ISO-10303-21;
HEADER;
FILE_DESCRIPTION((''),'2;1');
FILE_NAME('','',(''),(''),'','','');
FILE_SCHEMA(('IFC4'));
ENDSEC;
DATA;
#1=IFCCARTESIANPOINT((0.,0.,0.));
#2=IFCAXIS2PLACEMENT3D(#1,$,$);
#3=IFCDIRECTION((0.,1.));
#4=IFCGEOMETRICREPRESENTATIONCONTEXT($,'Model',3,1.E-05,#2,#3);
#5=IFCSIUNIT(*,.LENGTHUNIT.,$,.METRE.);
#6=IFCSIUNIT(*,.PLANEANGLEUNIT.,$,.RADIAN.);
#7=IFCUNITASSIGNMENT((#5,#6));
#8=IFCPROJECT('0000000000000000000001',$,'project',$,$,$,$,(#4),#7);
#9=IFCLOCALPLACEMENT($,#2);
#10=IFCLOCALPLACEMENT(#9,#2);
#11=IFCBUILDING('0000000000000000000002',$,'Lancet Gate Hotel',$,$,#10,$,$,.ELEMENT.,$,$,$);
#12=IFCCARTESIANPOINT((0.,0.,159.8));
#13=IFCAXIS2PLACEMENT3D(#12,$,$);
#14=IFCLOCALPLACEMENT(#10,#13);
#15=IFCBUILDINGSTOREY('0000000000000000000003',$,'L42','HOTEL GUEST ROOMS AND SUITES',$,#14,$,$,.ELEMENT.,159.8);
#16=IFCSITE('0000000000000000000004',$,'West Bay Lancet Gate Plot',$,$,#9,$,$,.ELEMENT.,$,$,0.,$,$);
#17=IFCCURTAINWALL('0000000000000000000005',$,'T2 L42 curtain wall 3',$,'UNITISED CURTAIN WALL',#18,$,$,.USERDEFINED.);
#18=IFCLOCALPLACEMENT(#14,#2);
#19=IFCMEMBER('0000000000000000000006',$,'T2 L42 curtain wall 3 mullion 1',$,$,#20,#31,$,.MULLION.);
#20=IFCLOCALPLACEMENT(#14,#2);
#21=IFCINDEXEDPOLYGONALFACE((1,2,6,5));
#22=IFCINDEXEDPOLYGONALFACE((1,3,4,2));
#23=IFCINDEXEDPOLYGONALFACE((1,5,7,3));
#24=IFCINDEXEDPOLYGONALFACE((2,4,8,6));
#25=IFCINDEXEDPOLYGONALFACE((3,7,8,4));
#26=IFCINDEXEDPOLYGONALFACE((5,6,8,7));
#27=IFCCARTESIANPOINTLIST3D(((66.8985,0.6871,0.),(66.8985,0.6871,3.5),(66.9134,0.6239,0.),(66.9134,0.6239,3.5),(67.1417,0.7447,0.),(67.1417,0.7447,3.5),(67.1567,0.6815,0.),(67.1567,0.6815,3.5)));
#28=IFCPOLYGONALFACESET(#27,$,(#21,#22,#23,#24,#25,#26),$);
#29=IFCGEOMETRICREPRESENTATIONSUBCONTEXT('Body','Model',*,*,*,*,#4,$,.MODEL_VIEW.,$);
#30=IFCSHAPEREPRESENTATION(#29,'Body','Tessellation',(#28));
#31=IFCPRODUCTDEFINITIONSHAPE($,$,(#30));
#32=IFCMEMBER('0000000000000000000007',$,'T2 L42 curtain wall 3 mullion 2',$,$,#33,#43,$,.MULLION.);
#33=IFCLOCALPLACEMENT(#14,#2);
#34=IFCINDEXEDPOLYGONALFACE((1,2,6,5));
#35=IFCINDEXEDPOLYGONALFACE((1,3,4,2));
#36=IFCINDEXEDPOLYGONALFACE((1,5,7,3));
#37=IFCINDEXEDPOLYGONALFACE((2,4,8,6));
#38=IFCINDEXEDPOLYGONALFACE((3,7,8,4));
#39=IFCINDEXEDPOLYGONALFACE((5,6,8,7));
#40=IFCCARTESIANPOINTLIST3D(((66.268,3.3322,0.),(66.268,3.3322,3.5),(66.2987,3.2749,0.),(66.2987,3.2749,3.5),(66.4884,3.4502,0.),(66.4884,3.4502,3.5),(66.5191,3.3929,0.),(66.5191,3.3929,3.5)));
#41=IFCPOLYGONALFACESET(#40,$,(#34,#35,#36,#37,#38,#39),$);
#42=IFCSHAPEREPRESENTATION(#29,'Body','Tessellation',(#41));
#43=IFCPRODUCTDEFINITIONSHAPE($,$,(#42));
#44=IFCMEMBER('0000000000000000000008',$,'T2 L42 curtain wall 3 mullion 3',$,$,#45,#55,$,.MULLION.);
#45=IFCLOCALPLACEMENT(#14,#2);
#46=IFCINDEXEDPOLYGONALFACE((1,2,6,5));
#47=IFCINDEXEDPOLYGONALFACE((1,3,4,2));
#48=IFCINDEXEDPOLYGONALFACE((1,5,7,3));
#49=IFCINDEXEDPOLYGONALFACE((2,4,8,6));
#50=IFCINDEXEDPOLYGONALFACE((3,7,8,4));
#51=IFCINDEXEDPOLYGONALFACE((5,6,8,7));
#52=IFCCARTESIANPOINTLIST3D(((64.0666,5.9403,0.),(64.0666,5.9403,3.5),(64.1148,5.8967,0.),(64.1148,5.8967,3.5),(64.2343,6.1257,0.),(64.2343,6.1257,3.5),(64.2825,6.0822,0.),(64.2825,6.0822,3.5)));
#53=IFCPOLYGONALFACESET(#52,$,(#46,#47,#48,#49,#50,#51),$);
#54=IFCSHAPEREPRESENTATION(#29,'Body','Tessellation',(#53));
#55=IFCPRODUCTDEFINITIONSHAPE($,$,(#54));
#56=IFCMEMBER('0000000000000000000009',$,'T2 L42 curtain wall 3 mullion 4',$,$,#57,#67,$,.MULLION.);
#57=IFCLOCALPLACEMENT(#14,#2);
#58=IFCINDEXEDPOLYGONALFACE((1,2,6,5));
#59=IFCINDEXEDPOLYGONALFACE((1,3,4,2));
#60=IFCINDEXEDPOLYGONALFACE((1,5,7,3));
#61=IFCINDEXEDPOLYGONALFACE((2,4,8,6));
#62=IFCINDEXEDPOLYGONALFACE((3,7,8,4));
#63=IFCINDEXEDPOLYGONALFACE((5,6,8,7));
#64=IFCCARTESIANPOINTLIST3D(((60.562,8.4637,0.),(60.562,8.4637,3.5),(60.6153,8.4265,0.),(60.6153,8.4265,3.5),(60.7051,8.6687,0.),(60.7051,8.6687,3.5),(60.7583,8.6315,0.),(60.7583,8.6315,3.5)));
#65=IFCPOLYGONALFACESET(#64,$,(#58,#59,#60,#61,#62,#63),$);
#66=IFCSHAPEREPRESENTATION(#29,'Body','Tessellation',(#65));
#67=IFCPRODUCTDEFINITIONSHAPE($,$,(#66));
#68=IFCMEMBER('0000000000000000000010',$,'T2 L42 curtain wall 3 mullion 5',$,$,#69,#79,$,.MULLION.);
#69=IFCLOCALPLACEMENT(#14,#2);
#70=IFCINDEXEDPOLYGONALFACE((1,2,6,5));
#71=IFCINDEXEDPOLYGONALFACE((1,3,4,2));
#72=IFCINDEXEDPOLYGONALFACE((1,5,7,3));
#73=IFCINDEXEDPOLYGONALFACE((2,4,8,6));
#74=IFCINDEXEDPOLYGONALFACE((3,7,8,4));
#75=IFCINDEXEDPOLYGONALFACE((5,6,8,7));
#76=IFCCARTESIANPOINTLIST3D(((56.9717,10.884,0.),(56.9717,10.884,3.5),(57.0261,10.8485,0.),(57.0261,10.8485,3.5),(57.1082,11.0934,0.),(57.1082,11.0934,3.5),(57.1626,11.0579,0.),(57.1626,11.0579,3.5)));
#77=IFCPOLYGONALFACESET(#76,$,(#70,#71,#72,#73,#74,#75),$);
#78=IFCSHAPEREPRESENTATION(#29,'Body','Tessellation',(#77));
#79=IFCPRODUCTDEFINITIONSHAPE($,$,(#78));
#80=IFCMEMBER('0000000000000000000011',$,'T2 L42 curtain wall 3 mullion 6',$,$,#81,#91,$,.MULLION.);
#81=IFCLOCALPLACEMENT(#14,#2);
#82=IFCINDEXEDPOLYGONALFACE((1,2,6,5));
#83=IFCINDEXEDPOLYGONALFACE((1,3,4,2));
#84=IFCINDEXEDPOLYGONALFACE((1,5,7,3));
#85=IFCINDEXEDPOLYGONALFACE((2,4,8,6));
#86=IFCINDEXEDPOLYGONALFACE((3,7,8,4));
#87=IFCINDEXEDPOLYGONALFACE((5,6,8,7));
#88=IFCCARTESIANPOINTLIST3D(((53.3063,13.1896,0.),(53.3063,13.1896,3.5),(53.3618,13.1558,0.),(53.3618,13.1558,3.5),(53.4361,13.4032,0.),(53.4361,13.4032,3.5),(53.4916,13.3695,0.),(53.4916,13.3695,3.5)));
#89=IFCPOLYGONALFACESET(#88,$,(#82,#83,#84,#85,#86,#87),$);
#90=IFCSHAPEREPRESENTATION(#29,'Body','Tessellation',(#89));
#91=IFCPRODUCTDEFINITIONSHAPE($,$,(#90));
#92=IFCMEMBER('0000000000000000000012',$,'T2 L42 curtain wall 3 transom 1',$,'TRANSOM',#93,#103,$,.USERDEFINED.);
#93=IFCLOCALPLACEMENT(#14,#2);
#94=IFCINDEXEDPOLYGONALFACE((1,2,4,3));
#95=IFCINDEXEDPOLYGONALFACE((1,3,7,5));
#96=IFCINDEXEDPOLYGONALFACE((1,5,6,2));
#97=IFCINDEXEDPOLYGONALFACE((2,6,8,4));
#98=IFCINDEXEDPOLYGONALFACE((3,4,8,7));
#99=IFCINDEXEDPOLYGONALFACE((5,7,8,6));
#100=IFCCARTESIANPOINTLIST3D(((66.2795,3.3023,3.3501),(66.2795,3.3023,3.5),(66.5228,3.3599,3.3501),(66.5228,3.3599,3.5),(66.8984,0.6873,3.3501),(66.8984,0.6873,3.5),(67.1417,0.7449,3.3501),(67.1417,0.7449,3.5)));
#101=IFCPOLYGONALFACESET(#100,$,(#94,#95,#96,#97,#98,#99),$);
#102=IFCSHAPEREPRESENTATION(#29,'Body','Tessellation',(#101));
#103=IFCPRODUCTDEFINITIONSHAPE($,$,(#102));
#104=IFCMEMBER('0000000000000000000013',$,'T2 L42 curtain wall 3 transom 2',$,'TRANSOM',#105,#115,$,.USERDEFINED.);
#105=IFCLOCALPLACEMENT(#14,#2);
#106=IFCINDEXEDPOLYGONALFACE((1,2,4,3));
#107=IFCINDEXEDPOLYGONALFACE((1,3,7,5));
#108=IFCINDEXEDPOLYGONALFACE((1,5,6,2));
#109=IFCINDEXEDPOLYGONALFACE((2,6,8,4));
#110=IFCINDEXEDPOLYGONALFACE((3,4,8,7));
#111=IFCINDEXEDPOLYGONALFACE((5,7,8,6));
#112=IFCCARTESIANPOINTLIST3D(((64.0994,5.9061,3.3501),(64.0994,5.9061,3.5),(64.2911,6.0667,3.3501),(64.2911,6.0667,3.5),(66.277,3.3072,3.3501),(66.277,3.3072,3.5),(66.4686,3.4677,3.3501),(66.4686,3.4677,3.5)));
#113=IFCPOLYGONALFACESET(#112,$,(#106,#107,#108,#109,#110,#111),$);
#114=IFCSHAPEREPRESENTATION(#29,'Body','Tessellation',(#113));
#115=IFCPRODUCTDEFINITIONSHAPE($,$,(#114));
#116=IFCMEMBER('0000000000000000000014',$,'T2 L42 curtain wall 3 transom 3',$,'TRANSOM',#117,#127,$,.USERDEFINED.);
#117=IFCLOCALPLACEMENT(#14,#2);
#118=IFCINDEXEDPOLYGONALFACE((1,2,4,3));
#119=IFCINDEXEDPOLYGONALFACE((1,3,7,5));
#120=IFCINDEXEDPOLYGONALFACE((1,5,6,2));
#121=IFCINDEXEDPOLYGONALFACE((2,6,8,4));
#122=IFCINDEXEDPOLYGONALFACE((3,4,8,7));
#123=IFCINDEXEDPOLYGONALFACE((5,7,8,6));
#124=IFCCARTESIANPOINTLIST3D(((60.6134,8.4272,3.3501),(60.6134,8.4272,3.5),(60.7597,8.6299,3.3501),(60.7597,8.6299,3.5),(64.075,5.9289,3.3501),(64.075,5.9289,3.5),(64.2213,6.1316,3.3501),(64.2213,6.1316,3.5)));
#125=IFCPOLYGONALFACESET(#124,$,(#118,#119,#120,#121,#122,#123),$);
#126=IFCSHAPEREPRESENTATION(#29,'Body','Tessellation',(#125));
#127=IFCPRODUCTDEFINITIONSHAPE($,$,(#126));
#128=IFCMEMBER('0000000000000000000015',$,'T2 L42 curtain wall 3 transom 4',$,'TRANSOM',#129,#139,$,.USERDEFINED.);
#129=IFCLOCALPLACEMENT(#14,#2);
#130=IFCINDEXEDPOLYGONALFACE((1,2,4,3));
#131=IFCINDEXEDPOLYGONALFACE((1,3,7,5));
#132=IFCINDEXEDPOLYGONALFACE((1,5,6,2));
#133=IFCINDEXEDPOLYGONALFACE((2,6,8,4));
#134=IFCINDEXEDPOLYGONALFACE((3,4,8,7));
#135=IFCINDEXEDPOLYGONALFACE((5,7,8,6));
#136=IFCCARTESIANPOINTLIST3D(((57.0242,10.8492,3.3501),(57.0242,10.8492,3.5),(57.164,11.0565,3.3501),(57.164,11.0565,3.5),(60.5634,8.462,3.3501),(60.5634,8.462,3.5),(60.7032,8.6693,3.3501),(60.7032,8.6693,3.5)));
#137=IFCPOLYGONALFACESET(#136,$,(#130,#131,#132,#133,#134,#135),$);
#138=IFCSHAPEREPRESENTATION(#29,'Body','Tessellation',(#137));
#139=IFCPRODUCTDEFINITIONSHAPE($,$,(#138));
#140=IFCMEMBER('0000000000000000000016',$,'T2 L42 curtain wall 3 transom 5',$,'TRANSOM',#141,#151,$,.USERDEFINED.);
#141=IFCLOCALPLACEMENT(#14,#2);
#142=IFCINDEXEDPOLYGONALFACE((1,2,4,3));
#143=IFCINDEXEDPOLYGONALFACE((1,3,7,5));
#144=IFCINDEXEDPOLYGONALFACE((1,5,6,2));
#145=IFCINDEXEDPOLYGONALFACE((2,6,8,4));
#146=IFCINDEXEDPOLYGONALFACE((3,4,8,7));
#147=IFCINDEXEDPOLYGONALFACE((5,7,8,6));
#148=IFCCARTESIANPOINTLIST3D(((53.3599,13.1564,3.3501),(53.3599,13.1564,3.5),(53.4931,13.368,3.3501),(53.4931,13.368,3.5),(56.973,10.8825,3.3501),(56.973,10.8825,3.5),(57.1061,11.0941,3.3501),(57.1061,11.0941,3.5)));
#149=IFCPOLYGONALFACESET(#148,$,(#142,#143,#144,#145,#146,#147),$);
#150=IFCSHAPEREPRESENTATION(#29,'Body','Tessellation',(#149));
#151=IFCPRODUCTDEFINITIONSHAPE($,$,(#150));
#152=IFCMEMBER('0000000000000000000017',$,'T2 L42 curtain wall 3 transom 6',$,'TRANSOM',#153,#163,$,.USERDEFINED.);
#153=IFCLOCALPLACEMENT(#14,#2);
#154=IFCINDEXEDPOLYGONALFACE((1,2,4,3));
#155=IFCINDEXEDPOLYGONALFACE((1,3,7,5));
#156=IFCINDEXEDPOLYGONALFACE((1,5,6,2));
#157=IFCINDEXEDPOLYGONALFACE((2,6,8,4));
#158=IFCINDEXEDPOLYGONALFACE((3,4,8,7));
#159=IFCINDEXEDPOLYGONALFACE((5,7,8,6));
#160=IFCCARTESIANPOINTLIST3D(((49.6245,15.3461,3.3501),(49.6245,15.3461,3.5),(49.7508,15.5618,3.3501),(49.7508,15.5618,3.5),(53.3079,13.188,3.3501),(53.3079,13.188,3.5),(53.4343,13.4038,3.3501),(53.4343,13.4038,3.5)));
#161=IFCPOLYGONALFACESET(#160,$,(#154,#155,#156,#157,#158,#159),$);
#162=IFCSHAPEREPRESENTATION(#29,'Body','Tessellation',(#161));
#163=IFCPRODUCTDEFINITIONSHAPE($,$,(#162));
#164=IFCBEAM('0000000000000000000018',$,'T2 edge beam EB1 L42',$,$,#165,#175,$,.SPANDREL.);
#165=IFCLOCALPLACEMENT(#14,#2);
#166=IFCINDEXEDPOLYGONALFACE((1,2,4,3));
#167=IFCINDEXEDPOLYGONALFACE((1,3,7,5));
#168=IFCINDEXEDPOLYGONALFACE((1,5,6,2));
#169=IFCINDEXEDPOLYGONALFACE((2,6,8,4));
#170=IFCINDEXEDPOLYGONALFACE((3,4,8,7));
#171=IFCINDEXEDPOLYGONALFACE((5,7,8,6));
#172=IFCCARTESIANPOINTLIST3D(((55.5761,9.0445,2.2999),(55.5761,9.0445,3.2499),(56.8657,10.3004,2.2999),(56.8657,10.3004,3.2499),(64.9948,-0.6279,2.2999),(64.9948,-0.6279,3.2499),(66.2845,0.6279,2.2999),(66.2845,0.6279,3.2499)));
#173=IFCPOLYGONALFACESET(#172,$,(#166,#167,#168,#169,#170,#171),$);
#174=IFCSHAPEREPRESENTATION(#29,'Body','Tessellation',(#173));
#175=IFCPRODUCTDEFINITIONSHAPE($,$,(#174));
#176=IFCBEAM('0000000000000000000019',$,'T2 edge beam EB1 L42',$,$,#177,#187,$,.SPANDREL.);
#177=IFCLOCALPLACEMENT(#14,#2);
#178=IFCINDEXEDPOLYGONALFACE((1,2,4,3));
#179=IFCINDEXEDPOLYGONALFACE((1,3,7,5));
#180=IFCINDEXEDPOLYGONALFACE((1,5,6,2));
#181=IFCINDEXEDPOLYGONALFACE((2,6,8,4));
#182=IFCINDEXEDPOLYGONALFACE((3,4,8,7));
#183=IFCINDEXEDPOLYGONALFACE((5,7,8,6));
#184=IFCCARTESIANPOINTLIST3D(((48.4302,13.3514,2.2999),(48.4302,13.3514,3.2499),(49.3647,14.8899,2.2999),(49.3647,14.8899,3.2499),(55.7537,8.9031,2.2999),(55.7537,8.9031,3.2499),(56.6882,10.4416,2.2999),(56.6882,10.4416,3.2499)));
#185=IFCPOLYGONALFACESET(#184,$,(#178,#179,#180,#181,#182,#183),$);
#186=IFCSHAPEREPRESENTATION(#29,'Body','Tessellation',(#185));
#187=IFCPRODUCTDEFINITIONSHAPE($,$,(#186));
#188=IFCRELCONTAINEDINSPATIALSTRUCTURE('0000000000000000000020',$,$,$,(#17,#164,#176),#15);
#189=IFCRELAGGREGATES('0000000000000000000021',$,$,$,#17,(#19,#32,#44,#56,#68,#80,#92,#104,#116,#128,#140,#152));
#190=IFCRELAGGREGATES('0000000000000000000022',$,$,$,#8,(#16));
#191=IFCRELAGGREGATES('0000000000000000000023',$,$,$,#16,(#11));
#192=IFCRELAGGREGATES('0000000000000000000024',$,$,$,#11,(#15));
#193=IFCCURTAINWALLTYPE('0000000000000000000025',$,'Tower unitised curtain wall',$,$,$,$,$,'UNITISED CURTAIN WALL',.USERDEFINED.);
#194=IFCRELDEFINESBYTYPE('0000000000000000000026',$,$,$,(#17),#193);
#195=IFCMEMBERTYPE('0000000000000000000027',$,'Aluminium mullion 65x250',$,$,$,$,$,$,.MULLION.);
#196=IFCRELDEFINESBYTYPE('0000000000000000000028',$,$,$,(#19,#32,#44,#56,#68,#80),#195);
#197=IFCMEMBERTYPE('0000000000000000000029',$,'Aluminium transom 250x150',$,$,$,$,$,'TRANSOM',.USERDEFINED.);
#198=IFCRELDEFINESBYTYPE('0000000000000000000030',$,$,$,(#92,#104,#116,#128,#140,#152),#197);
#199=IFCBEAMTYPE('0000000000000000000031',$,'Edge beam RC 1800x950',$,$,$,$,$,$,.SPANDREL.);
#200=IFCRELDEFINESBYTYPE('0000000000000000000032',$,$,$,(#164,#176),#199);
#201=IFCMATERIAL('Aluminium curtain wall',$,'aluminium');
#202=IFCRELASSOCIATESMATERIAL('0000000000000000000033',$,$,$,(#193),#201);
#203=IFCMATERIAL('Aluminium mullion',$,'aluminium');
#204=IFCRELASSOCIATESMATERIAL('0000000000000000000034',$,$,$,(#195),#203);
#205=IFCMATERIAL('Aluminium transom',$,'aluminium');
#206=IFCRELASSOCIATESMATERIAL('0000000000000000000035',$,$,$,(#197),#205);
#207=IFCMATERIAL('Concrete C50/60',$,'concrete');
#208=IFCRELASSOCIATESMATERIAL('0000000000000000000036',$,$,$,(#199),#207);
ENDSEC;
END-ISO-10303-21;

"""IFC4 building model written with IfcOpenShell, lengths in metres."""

from ifc_helpers import new_model, si_unit, direction, frame, origin, origin_2d, place, context, subcontext, project, spatial, rectangle, extrude, material, material_profile, profile_set, type_object, element, aggregate, save


model = new_model("IFC4")

# Units and contexts
model_context = context("Model", 3, precision=1e-05, world=origin(), true_north=direction((0.0, 1.0)))
body_context = subcontext(model_context, "Body", "Model", "MODEL_VIEW")
ifc_project = project(units=[si_unit("LENGTHUNIT", "METRE"), si_unit("PLANEANGLEUNIT", "RADIAN")], contexts=[model_context])

# Site, building, storey
site_placement = place(None, origin())
site = spatial("IfcSite", under=ifc_project, at=site_placement, Name="West Bay Lancet Gate Plot", CompositionType="ELEMENT", RefElevation=0.0)
building_placement = place(site_placement, origin())
building = spatial("IfcBuilding", under=site, at=building_placement, Name="Lancet Gate Hotel", CompositionType="ELEMENT")
storey_placement = place(building_placement, frame((0.0, 0.0, 159.8)))
storey = spatial("IfcBuildingStorey", under=building, at=storey_placement, Name="L42", Description="HOTEL GUEST ROOMS AND SUITES", CompositionType="ELEMENT", Elevation=159.8)

# Curtain wall, members
ifc_material_1 = material(Name="Aluminium curtain wall", Category="aluminium")
curtain_wall_type = type_object("IfcCurtainWallType", Name="Tower unitised curtain wall", ElementType="UNITISED CURTAIN WALL", PredefinedType="USERDEFINED", material=ifc_material_1)
curtain_wall_placement = place(storey_placement, origin())
curtain_wall = element("IfcCurtainWall", 1, at=curtain_wall_placement, inside=storey, type_object=curtain_wall_type, Name="T2 L42 curtain wall 3", ObjectType="UNITISED CURTAIN WALL", PredefinedType="USERDEFINED")
ifc_material_2 = material(Name="Aluminium mullion", Category="aluminium")
ifc_material_profile_1 = material_profile(ifc_material_2, rectangle(XDim=0.0649, YDim=0.25, at=origin_2d()), Name="MULLION 65x250")
ifc_profile_set_1 = profile_set([ifc_material_profile_1], Name="Aluminium mullion")
member_type_1 = type_object("IfcMemberType", Name="Aluminium mullion 65x250", PredefinedType="MULLION", material=ifc_profile_set_1)
member_1_placement = place(storey_placement, frame((67.0276, 0.6843, 0.0), z_axis=(0.0, 0.0, 1.0), x_axis=(-0.230367, 0.973104, 0.0)))
member_1 = element("IfcMember", 2, at=member_1_placement, type_object=member_type_1, Name="T2 L42 curtain wall 3 mullion 1", PredefinedType="MULLION", context=body_context, shape_type="SweptSolid", body=[
    extrude(rectangle(XDim=0.0649, YDim=0.25, at=origin_2d()), origin(), (0.0, 0.0, 1.0), 3.5),
])
member_2_placement = place(storey_placement, frame((66.3936, 3.3625, 0.0), z_axis=(0.0, 0.0, 1.0), x_axis=(-0.472146, 0.88152, 0.0)))
member_2 = element("IfcMember", 3, at=member_2_placement, type_object=member_type_1, Name="T2 L42 curtain wall 3 mullion 2", PredefinedType="MULLION", context=body_context, shape_type="SweptSolid", body=[
    extrude(rectangle(XDim=0.0649, YDim=0.25, at=origin_2d()), origin(), (0.0, 0.0, 1.0), 3.5),
])
member_3_placement = place(storey_placement, frame((64.1746, 6.0112, 0.0), z_axis=(0.0, 0.0, 1.0), x_axis=(-0.741693, 0.670739, 0.0)))
member_3 = element("IfcMember", 4, at=member_3_placement, type_object=member_type_1, Name="T2 L42 curtain wall 3 mullion 3", PredefinedType="MULLION", context=body_context, shape_type="SweptSolid", body=[
    extrude(rectangle(XDim=0.0649, YDim=0.25, at=origin_2d()), origin(), (0.0, 0.0, 1.0), 3.5),
])
member_4_placement = place(storey_placement, frame((60.6602, 8.5476, 0.0), z_axis=(0.0, 0.0, 1.0), x_axis=(-0.820068, 0.572266, 0.0)))
member_4 = element("IfcMember", 5, at=member_4_placement, type_object=member_type_1, Name="T2 L42 curtain wall 3 mullion 4", PredefinedType="MULLION", context=body_context, shape_type="SweptSolid", body=[
    extrude(rectangle(XDim=0.0649, YDim=0.25, at=origin_2d()), origin(), (0.0, 0.0, 1.0), 3.5),
])
member_5_placement = place(storey_placement, frame((57.0671, 10.9709, 0.0), z_axis=(0.0, 0.0, 1.0), x_axis=(-0.837801, 0.545976, 0.0)))
member_5 = element("IfcMember", 6, at=member_5_placement, type_object=member_type_1, Name="T2 L42 curtain wall 3 mullion 5", PredefinedType="MULLION", context=body_context, shape_type="SweptSolid", body=[
    extrude(rectangle(XDim=0.0649, YDim=0.25, at=origin_2d()), origin(), (0.0, 0.0, 1.0), 3.5),
])
member_6_placement = place(storey_placement, frame((53.3989, 13.2795, 0.0), z_axis=(0.0, 0.0, 1.0), x_axis=(-0.854691, 0.519137, 0.0)))
member_6 = element("IfcMember", 7, at=member_6_placement, type_object=member_type_1, Name="T2 L42 curtain wall 3 mullion 6", PredefinedType="MULLION", context=body_context, shape_type="SweptSolid", body=[
    extrude(rectangle(XDim=0.0649, YDim=0.25, at=origin_2d()), origin(), (0.0, 0.0, 1.0), 3.5),
])
ifc_material_3 = material(Name="Aluminium transom", Category="aluminium")
ifc_material_profile_2 = material_profile(ifc_material_3, rectangle(XDim=0.25, YDim=0.1499, at=origin_2d()), Name="TRANSOM 250x150")
ifc_profile_set_2 = profile_set([ifc_material_profile_2], Name="Aluminium transom")
member_type_2 = type_object("IfcMemberType", Name="Aluminium transom 250x150", ElementType="TRANSOM", PredefinedType="USERDEFINED", material=ifc_profile_set_2)
member_7_placement = place(storey_placement, frame((67.02, 0.7161, 3.425), z_axis=(-0.23031, 0.973117, 0.0), x_axis=(-0.973117, -0.23031, 0.0)))
member_7 = element("IfcMember", 8, at=member_7_placement, type_object=member_type_2, Name="T2 L42 curtain wall 3 transom 1", ObjectType="TRANSOM", PredefinedType="USERDEFINED", context=body_context, shape_type="SweptSolid", body=[
    extrude(rectangle(XDim=0.25, YDim=0.1499, at=origin_2d()), origin(), (0.0, 0.0, 1.0), 2.6873),
])
member_8_placement = place(storey_placement, frame((66.3728, 3.3875, 3.425), z_axis=(-0.642229, 0.766513, 0.0), x_axis=(-0.766513, -0.642229, 0.0)))
member_8 = element("IfcMember", 9, at=member_8_placement, type_object=member_type_2, Name="T2 L42 curtain wall 3 transom 2", ObjectType="TRANSOM", PredefinedType="USERDEFINED", context=body_context, shape_type="SweptSolid", body=[
    extrude(rectangle(XDim=0.25, YDim=0.1499, at=origin_2d()), origin(), (0.0, 0.0, 1.0), 3.3906),
])
member_9_placement = place(storey_placement, frame((64.1482, 6.0303, 3.425), z_axis=(-0.81088, 0.585213, 0.0), x_axis=(-0.585213, -0.81088, 0.0)))
member_9 = element("IfcMember", 10, at=member_9_placement, type_object=member_type_2, Name="T2 L42 curtain wall 3 transom 3", ObjectType="TRANSOM", PredefinedType="USERDEFINED", context=body_context, shape_type="SweptSolid", body=[
    extrude(rectangle(XDim=0.25, YDim=0.1499, at=origin_2d()), origin(), (0.0, 0.0, 1.0), 4.269),
])
member_10_placement = place(storey_placement, frame((60.6333, 8.5657, 3.425), z_axis=(-0.829047, 0.559179, 0.0), x_axis=(-0.559179, -0.829047, 0.0)))
member_10 = element("IfcMember", 11, at=member_10_placement, type_object=member_type_2, Name="T2 L42 curtain wall 3 transom 4", ObjectType="TRANSOM", PredefinedType="USERDEFINED", context=body_context, shape_type="SweptSolid", body=[
    extrude(rectangle(XDim=0.25, YDim=0.1499, at=origin_2d()), origin(), (0.0, 0.0, 1.0), 4.269),
])
member_11_placement = place(storey_placement, frame((57.0396, 10.9883, 3.425), z_axis=(-0.846333, 0.532654, 0.0), x_axis=(-0.532654, -0.846333, 0.0)))
member_11 = element("IfcMember", 12, at=member_11_placement, type_object=member_type_2, Name="T2 L42 curtain wall 3 transom 5", ObjectType="TRANSOM", PredefinedType="USERDEFINED", context=body_context, shape_type="SweptSolid", body=[
    extrude(rectangle(XDim=0.25, YDim=0.1499, at=origin_2d()), origin(), (0.0, 0.0, 1.0), 4.269),
])
member_12_placement = place(storey_placement, frame((53.3711, 13.2959, 3.425), z_axis=(-0.862825, 0.505502, 0.0), x_axis=(-0.505502, -0.862825, 0.0)))
member_12 = element("IfcMember", 13, at=member_12_placement, type_object=member_type_2, Name="T2 L42 curtain wall 3 transom 6", ObjectType="TRANSOM", PredefinedType="USERDEFINED", context=body_context, shape_type="SweptSolid", body=[
    extrude(rectangle(XDim=0.25, YDim=0.1499, at=origin_2d()), origin(), (0.0, 0.0, 1.0), 4.269),
])

# Beams
ifc_material_4 = material(Name="Concrete C50/60", Category="concrete")
ifc_material_profile_3 = material_profile(ifc_material_4, rectangle(XDim=1.8, YDim=0.95, at=origin_2d()), Name="RC 1800x950")
ifc_profile_set_3 = profile_set([ifc_material_profile_3], Name="Concrete C50/60")
beam_type_1 = type_object("IfcBeamType", Name="Edge beam RC 1800x950", PredefinedType="SPANDREL", material=ifc_profile_set_3)
beam_1_placement = place(storey_placement, frame((65.6396, 0.0, 2.7749), z_axis=(-0.69765, 0.716439, 0.0), x_axis=(-0.716439, -0.69765, 0.0)))
element("IfcBeam", 14, at=beam_1_placement, inside=storey, type_object=beam_type_1, Name="T2 edge beam EB1 L42", PredefinedType="SPANDREL", context=body_context, shape_type="SweptSolid", body=[
    extrude(rectangle(XDim=1.8, YDim=0.95, at=origin_2d()), origin(), (0.0, 0.0, 1.0), 13.5007),
])
beam_2_placement = place(storey_placement, frame((56.2209, 9.6724, 2.7749), z_axis=(-0.854692, 0.519135, 0.0), x_axis=(-0.519135, -0.854692, 0.0)))
element("IfcBeam", 15, at=beam_2_placement, inside=storey, type_object=beam_type_1, Name="T2 edge beam EB1 L42", PredefinedType="SPANDREL", context=body_context, shape_type="SweptSolid", body=[
    extrude(rectangle(XDim=1.8, YDim=0.95, at=origin_2d()), origin(), (0.0, 0.0, 1.0), 8.5686),
])

aggregate(curtain_wall, [member_1, member_2, member_3, member_4, member_5, member_6, member_7, member_8, member_9, member_10, member_11, member_12])

save(model, "model.ifc")
